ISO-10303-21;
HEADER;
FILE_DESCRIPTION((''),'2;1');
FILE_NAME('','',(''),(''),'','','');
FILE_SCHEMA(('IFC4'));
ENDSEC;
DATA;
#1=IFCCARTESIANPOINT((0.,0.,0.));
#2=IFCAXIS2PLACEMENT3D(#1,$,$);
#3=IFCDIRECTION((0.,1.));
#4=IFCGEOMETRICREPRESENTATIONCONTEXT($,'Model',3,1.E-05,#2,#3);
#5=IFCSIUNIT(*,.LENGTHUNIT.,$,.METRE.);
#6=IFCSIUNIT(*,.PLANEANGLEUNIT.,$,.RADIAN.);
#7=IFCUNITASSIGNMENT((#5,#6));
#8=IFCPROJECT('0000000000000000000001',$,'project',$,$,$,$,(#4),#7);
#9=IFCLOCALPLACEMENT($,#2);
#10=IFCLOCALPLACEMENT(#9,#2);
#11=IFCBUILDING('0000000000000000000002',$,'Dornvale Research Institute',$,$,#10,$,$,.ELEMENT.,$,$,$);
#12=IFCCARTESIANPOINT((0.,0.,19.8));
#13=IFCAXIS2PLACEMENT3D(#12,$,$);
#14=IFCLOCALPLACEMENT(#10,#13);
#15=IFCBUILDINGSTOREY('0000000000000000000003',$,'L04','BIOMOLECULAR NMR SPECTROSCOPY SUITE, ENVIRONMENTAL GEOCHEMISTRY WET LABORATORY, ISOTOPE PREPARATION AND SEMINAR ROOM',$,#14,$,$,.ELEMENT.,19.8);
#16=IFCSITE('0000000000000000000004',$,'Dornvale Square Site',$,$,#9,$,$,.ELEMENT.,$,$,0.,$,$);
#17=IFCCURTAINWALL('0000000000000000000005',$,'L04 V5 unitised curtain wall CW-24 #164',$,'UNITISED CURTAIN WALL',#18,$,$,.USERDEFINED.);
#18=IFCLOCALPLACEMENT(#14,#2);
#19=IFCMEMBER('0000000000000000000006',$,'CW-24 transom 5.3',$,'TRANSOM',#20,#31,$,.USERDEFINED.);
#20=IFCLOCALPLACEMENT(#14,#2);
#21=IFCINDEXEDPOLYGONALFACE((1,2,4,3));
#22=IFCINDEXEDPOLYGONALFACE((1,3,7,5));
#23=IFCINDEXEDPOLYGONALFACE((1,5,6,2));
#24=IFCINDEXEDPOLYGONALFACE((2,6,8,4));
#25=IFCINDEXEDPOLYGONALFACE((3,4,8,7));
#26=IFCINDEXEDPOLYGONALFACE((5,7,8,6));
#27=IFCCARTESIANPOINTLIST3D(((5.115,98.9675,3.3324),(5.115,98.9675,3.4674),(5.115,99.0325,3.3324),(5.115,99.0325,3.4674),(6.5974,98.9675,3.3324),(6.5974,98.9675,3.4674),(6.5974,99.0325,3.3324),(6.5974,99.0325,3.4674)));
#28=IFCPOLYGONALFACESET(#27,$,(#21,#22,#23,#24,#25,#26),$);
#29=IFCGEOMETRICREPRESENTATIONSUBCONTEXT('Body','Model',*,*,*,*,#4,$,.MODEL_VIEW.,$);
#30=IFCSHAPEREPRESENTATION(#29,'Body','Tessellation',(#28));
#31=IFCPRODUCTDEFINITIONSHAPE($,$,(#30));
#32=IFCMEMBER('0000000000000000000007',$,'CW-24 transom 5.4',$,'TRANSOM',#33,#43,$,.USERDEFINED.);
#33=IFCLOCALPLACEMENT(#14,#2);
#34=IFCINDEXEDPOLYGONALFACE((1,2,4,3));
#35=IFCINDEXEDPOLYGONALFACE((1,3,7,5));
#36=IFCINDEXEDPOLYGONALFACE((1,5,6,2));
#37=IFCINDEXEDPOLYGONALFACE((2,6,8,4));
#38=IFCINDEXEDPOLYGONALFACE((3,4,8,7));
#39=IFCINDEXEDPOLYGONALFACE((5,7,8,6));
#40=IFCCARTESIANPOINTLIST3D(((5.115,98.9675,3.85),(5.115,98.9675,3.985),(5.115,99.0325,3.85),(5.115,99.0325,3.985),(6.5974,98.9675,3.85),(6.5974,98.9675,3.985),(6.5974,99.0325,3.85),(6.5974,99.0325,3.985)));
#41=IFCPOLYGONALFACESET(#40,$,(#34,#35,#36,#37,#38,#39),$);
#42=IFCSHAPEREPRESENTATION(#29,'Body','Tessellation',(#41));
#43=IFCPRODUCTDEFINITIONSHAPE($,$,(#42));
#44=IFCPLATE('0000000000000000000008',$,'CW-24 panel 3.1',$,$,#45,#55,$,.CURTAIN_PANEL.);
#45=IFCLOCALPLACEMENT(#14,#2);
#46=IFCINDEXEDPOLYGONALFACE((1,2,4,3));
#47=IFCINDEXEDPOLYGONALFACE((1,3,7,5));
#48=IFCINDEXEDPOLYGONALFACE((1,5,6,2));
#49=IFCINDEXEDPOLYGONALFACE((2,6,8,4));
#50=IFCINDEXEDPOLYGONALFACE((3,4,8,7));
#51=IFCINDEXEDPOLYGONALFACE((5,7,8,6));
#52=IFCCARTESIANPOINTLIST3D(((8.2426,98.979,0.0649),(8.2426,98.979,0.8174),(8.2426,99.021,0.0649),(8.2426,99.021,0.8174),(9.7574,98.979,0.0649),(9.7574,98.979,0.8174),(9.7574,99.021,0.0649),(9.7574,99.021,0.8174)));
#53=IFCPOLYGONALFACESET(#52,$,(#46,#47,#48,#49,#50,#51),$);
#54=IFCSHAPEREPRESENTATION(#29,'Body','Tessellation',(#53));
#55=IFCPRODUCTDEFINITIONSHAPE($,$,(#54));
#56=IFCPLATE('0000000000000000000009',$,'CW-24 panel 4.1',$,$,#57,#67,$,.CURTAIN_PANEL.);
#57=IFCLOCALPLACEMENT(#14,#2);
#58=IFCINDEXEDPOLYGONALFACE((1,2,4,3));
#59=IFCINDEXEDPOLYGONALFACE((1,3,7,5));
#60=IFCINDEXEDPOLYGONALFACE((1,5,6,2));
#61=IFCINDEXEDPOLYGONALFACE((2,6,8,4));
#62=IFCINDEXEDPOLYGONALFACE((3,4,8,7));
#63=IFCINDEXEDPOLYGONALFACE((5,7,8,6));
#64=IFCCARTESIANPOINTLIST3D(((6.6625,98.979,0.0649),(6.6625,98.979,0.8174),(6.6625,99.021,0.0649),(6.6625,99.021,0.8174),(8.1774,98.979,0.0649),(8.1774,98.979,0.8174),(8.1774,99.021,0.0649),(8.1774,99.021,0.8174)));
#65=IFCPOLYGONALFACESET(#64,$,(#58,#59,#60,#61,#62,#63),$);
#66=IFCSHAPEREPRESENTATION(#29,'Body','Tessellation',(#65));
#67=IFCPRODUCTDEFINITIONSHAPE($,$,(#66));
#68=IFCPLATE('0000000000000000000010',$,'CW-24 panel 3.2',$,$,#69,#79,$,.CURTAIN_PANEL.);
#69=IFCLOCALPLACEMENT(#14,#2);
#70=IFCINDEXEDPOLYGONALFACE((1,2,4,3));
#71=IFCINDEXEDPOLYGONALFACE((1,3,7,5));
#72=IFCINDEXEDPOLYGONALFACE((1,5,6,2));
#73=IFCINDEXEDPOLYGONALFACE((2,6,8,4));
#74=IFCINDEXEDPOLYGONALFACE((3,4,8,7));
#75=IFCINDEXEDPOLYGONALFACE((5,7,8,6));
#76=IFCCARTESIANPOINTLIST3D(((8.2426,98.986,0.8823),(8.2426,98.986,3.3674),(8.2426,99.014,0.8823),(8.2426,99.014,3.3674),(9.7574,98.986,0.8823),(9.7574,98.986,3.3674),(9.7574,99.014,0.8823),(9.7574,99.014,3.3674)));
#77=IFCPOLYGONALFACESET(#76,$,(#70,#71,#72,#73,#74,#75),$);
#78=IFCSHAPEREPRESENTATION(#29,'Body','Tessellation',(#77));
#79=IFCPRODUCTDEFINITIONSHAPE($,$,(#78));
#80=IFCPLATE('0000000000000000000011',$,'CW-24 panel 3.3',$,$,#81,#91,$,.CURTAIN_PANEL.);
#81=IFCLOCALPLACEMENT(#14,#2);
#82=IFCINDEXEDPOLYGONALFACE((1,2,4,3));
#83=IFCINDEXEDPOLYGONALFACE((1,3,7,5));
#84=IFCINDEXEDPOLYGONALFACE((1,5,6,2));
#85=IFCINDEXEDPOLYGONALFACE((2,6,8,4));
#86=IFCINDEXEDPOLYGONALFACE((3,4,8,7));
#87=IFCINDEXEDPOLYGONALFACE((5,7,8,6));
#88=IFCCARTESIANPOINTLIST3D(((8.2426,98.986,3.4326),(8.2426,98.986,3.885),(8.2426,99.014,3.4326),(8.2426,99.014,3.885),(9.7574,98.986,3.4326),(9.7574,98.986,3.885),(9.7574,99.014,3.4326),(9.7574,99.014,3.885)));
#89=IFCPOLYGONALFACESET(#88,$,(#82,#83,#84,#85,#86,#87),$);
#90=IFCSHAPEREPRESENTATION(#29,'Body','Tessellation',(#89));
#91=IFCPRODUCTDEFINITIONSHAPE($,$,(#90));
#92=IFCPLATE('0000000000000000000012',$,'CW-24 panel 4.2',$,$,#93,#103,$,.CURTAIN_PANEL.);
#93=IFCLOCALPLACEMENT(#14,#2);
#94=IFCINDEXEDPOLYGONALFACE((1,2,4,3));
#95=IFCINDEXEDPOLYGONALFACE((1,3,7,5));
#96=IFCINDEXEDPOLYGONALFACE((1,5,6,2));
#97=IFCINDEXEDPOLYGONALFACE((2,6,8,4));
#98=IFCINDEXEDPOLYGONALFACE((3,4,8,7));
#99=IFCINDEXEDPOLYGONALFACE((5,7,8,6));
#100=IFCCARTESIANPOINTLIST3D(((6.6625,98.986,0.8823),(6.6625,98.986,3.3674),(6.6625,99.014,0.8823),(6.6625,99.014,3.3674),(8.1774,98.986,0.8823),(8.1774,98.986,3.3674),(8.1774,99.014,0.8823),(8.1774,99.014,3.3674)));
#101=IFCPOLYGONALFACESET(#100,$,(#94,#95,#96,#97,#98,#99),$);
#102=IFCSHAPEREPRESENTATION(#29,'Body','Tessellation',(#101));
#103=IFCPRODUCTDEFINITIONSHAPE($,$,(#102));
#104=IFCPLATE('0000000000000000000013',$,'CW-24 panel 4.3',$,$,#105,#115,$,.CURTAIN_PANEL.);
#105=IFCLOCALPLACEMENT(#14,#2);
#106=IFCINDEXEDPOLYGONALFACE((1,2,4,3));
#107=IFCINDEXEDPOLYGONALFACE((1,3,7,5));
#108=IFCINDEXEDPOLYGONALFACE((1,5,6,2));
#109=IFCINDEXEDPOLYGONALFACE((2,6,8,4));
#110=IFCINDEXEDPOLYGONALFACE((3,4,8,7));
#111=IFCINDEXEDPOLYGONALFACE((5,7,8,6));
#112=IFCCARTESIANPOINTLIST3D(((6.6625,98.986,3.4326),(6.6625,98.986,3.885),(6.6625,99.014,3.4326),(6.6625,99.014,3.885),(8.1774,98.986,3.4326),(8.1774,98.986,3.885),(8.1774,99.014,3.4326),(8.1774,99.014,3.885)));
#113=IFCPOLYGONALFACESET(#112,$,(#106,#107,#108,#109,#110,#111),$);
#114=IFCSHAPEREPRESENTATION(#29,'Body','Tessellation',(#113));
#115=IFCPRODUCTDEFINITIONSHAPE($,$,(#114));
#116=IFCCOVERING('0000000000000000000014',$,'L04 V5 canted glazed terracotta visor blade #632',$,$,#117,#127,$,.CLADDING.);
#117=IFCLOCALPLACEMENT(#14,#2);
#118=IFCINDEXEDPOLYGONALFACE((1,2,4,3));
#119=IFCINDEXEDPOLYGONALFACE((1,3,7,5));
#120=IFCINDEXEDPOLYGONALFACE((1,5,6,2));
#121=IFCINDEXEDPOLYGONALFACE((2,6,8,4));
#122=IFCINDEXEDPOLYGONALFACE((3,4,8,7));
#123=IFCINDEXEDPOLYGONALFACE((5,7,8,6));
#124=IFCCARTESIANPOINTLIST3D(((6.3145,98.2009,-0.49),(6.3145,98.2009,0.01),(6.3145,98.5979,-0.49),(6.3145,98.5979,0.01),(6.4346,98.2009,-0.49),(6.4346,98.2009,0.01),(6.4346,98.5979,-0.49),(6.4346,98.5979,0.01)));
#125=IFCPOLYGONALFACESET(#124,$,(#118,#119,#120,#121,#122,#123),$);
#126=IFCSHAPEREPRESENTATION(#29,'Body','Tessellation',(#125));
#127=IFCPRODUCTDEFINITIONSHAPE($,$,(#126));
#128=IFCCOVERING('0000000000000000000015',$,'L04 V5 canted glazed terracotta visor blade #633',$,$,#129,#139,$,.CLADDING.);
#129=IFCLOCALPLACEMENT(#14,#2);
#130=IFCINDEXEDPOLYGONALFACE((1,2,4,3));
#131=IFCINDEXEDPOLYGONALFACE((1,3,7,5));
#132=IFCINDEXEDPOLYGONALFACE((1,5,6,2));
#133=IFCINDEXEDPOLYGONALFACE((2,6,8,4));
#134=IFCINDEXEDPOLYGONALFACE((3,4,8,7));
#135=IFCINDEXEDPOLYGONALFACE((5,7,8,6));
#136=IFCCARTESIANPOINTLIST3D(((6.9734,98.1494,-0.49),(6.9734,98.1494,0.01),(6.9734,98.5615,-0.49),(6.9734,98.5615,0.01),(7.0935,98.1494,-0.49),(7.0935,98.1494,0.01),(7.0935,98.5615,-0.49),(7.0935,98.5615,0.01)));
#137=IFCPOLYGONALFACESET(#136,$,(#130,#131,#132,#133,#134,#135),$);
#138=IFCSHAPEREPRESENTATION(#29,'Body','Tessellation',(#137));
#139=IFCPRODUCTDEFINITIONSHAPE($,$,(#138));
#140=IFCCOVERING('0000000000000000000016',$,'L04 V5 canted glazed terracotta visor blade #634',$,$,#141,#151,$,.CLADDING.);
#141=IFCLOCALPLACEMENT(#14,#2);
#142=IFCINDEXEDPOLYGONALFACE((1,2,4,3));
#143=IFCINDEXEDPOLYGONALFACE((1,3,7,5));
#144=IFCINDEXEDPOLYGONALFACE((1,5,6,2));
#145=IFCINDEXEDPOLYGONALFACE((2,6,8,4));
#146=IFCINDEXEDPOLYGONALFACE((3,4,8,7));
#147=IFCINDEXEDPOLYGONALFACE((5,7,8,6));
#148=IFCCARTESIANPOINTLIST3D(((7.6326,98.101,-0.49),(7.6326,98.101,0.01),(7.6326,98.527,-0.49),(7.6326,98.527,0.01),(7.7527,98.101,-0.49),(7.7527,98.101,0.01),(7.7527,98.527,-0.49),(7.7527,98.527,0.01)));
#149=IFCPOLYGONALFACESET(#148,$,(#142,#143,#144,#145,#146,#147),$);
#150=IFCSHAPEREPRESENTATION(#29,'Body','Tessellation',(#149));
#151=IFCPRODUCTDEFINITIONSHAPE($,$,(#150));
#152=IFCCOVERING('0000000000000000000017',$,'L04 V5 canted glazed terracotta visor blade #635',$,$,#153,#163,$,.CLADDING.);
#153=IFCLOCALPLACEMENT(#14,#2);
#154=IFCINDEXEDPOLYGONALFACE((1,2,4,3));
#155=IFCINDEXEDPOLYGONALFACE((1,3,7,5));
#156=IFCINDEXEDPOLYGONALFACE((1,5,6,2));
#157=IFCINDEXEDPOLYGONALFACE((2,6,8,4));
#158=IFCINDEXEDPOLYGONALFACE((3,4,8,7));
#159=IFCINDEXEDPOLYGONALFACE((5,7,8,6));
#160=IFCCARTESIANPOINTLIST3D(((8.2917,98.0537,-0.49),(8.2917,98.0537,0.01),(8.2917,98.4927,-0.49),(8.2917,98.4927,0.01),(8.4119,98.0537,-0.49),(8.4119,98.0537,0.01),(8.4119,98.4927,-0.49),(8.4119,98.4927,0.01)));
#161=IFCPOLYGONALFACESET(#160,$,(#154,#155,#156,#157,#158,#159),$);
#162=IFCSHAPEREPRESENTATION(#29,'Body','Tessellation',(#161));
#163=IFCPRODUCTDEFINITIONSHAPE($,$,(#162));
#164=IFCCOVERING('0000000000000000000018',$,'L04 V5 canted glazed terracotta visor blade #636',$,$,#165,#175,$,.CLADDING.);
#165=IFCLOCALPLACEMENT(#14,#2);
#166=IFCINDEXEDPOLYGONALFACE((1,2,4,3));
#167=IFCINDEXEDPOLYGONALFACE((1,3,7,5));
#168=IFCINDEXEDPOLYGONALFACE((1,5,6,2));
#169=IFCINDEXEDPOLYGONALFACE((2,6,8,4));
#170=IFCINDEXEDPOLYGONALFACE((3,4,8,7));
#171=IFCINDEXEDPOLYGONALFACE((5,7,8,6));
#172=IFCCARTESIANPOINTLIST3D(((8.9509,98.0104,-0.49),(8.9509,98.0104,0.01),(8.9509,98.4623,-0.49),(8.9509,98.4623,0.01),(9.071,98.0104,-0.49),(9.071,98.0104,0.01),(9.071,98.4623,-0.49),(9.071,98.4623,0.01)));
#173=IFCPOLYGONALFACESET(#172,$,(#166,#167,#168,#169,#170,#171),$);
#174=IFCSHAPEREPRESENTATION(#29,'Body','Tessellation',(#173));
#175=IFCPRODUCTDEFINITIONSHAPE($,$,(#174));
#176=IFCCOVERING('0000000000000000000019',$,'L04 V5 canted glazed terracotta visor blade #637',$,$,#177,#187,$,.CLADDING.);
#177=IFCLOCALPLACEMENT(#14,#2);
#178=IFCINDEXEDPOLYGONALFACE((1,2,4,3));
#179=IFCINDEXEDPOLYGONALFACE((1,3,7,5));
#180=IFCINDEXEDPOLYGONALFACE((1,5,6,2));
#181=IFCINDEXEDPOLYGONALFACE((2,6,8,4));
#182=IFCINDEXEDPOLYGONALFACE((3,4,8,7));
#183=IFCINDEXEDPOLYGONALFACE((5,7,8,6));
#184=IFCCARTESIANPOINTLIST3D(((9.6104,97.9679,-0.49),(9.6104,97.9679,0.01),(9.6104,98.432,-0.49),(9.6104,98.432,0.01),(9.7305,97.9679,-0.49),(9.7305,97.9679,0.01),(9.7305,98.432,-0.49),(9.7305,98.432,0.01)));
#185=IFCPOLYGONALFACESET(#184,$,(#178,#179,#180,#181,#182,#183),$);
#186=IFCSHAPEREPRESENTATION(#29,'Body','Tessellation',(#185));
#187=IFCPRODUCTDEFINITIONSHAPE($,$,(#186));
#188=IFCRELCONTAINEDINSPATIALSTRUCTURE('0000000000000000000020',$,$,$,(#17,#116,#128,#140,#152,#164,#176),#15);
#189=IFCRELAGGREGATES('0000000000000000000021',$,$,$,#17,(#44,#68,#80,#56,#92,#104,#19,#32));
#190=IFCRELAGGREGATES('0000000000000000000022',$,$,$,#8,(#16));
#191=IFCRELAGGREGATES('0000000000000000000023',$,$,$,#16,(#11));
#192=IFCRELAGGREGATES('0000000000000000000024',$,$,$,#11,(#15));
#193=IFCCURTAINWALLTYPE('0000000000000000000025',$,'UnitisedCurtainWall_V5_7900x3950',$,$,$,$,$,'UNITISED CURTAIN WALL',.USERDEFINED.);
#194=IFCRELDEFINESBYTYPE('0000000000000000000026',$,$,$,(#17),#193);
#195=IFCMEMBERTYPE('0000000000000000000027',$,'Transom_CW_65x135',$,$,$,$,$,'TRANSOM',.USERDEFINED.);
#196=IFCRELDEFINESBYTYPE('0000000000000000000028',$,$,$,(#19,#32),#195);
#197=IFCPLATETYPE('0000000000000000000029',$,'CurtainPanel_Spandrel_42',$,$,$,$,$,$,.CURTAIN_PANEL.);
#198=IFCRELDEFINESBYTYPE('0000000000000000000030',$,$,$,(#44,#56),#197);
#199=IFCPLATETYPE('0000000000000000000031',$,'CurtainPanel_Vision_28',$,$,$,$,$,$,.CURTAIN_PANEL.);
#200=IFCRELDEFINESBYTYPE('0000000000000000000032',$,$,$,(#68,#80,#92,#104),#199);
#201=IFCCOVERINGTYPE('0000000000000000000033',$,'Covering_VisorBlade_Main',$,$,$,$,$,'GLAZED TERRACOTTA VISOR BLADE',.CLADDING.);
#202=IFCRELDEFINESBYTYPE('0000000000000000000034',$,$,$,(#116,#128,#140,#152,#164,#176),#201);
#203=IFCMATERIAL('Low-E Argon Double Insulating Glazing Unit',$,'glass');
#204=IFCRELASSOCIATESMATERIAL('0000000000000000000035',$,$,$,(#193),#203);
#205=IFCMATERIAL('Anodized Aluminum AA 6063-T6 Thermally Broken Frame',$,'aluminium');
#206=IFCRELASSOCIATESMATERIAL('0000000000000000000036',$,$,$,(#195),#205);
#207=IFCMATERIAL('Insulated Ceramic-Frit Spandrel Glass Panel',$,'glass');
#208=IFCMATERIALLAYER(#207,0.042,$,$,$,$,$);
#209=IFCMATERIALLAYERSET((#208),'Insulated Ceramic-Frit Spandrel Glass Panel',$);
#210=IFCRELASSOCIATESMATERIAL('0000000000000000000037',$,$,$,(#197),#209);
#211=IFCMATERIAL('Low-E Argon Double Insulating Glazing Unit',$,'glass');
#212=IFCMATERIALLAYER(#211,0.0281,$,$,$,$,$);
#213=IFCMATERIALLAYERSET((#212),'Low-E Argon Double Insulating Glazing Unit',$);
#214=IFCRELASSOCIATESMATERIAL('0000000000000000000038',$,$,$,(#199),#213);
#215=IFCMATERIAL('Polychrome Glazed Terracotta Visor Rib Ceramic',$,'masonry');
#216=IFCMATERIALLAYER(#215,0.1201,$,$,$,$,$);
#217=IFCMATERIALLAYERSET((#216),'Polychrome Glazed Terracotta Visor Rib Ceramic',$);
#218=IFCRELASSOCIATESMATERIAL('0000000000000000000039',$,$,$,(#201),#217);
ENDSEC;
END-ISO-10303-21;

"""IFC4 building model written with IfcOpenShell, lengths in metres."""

from ifc_helpers import new_model, si_unit, direction, frame, origin, origin_2d, place, context, subcontext, project, spatial, rectangle, extrude, material, layer, layer_set, material_profile, profile_set, type_object, element, aggregate, save


model = new_model("IFC4")

# Units and contexts
model_context = context("Model", 3, precision=1e-05, world=origin(), true_north=direction((0.0, 1.0)))
body_context = subcontext(model_context, "Body", "Model", "MODEL_VIEW")
ifc_project = project(units=[si_unit("LENGTHUNIT", "METRE"), si_unit("PLANEANGLEUNIT", "RADIAN")], contexts=[model_context])

# Site, building, storey
site_placement = place(None, origin())
site = spatial("IfcSite", under=ifc_project, at=site_placement, Name="Dornvale Square Site", CompositionType="ELEMENT", RefElevation=0.0)
building_placement = place(site_placement, origin())
building = spatial("IfcBuilding", under=site, at=building_placement, Name="Dornvale Research Institute", CompositionType="ELEMENT")
storey_placement = place(building_placement, frame((0.0, 0.0, 19.8)))
storey = spatial("IfcBuildingStorey", under=building, at=storey_placement, Name="L04", Description="BIOMOLECULAR NMR SPECTROSCOPY SUITE, ENVIRONMENTAL GEOCHEMISTRY WET LABORATORY, ISOTOPE PREPARATION AND SEMINAR ROOM", CompositionType="ELEMENT", Elevation=19.8)

# Curtain wall, members, plates
ifc_material_1 = material(Name="Low-E Argon Double Insulating Glazing Unit", Category="glass")
curtain_wall_type = type_object("IfcCurtainWallType", Name="UnitisedCurtainWall_V5_7900x3950", ElementType="UNITISED CURTAIN WALL", PredefinedType="USERDEFINED", material=ifc_material_1)
curtain_wall_placement = place(storey_placement, origin())
curtain_wall = element("IfcCurtainWall", 1, at=curtain_wall_placement, inside=storey, type_object=curtain_wall_type, Name="L04 V5 unitised curtain wall CW-24 #164", ObjectType="UNITISED CURTAIN WALL", PredefinedType="USERDEFINED")
ifc_material_2 = material(Name="Anodized Aluminum AA 6063-T6 Thermally Broken Frame", Category="aluminium")
ifc_material_profile_1 = material_profile(ifc_material_2, rectangle(XDim=0.0649, YDim=0.135, at=origin_2d()), Name="ALU TRANSOM 65x135")
ifc_profile_set_1 = profile_set([ifc_material_profile_1], Name="Anodized Aluminum AA 6063-T6 Thermally Broken Frame")
member_type_1 = type_object("IfcMemberType", Name="Transom_CW_65x135", ElementType="TRANSOM", PredefinedType="USERDEFINED", material=ifc_profile_set_1)
member_1_placement = place(storey_placement, frame((6.5974, 99.0, 3.3999), z_axis=(-1.0, 0.0, 0.0), x_axis=(0.0, -1.0, 0.0)))
member_1 = element("IfcMember", 2, at=member_1_placement, type_object=member_type_1, Name="CW-24 transom 5.3", ObjectType="TRANSOM", PredefinedType="USERDEFINED", context=body_context, shape_type="SweptSolid", body=[
    extrude(rectangle(XDim=0.0649, YDim=0.135, at=origin_2d()), origin(), (0.0, 0.0, 1.0), 1.4824),
])
member_2_placement = place(storey_placement, frame((6.5974, 99.0, 3.9175), z_axis=(-1.0, 0.0, 0.0), x_axis=(0.0, -1.0, 0.0)))
member_2 = element("IfcMember", 3, at=member_2_placement, type_object=member_type_1, Name="CW-24 transom 5.4", ObjectType="TRANSOM", PredefinedType="USERDEFINED", context=body_context, shape_type="SweptSolid", body=[
    extrude(rectangle(XDim=0.0649, YDim=0.135, at=origin_2d()), origin(), (0.0, 0.0, 1.0), 1.4824),
])
ifc_material_3 = material(Name="Insulated Ceramic-Frit Spandrel Glass Panel", Category="glass")
ifc_layer_1 = layer(ifc_material_3, 0.042)
ifc_layer_set_1 = layer_set([ifc_layer_1], Name="Insulated Ceramic-Frit Spandrel Glass Panel")
plate_type_1 = type_object("IfcPlateType", Name="CurtainPanel_Spandrel_42", PredefinedType="CURTAIN_PANEL", material=ifc_layer_set_1)
plate_1_placement = place(storey_placement, frame((9.0, 99.0, 0.0649), z_axis=(0.0, 0.0, 1.0), x_axis=(-1.0, 0.0, 0.0)))
plate_1 = element("IfcPlate", 4, at=plate_1_placement, type_object=plate_type_1, Name="CW-24 panel 3.1", PredefinedType="CURTAIN_PANEL", context=body_context, shape_type="SweptSolid", body=[
    extrude(rectangle(XDim=1.5149, YDim=0.042, at=origin_2d()), origin(), (0.0, 0.0, 1.0), 0.7524),
])
plate_2_placement = place(storey_placement, frame((7.4199, 99.0, 0.0649), z_axis=(0.0, 0.0, 1.0), x_axis=(-1.0, 0.0, 0.0)))
plate_2 = element("IfcPlate", 5, at=plate_2_placement, type_object=plate_type_1, Name="CW-24 panel 4.1", PredefinedType="CURTAIN_PANEL", context=body_context, shape_type="SweptSolid", body=[
    extrude(rectangle(XDim=1.5149, YDim=0.042, at=origin_2d()), origin(), (0.0, 0.0, 1.0), 0.7524),
])
ifc_material_4 = material(Name="Low-E Argon Double Insulating Glazing Unit", Category="glass")
ifc_layer_2 = layer(ifc_material_4, 0.0281)
ifc_layer_set_2 = layer_set([ifc_layer_2], Name="Low-E Argon Double Insulating Glazing Unit")
plate_type_2 = type_object("IfcPlateType", Name="CurtainPanel_Vision_28", PredefinedType="CURTAIN_PANEL", material=ifc_layer_set_2)
plate_3_placement = place(storey_placement, frame((9.0, 99.0, 0.8823), z_axis=(0.0, 0.0, 1.0), x_axis=(-1.0, 0.0, 0.0)))
plate_3 = element("IfcPlate", 6, at=plate_3_placement, type_object=plate_type_2, Name="CW-24 panel 3.2", PredefinedType="CURTAIN_PANEL", context=body_context, shape_type="SweptSolid", body=[
    extrude(rectangle(XDim=1.5149, YDim=0.0281, at=origin_2d()), origin(), (0.0, 0.0, 1.0), 2.4851),
])
plate_4_placement = place(storey_placement, frame((9.0, 99.0, 3.4326), z_axis=(0.0, 0.0, 1.0), x_axis=(-1.0, 0.0, 0.0)))
plate_4 = element("IfcPlate", 7, at=plate_4_placement, type_object=plate_type_2, Name="CW-24 panel 3.3", PredefinedType="CURTAIN_PANEL", context=body_context, shape_type="SweptSolid", body=[
    extrude(rectangle(XDim=1.5149, YDim=0.0281, at=origin_2d()), origin(), (0.0, 0.0, 1.0), 0.4524),
])
plate_5_placement = place(storey_placement, frame((7.4199, 99.0, 0.8823), z_axis=(0.0, 0.0, 1.0), x_axis=(-1.0, 0.0, 0.0)))
plate_5 = element("IfcPlate", 8, at=plate_5_placement, type_object=plate_type_2, Name="CW-24 panel 4.2", PredefinedType="CURTAIN_PANEL", context=body_context, shape_type="SweptSolid", body=[
    extrude(rectangle(XDim=1.5149, YDim=0.0281, at=origin_2d()), origin(), (0.0, 0.0, 1.0), 2.4851),
])
plate_6_placement = place(storey_placement, frame((7.4199, 99.0, 3.4326), z_axis=(0.0, 0.0, 1.0), x_axis=(-1.0, 0.0, 0.0)))
plate_6 = element("IfcPlate", 9, at=plate_6_placement, type_object=plate_type_2, Name="CW-24 panel 4.3", PredefinedType="CURTAIN_PANEL", context=body_context, shape_type="SweptSolid", body=[
    extrude(rectangle(XDim=1.5149, YDim=0.0281, at=origin_2d()), origin(), (0.0, 0.0, 1.0), 0.4524),
])
aggregate(curtain_wall, [plate_1, plate_3, plate_4, plate_2, plate_5, plate_6, member_1, member_2])

# Coverings
ifc_material_5 = material(Name="Polychrome Glazed Terracotta Visor Rib Ceramic", Category="masonry")
ifc_layer_3 = layer(ifc_material_5, 0.1201)
ifc_layer_set_3 = layer_set([ifc_layer_3], Name="Polychrome Glazed Terracotta Visor Rib Ceramic")
covering_type = type_object("IfcCoveringType", Name="Covering_VisorBlade_Main", ElementType="GLAZED TERRACOTTA VISOR BLADE", PredefinedType="CLADDING", material=ifc_layer_set_3)
covering_1_placement = place(storey_placement, frame((6.3745, 98.3994, -0.49), z_axis=(0.0, 0.0, 1.0), x_axis=(0.0, 1.0, 0.0)))
element("IfcCovering", 10, at=covering_1_placement, inside=storey, type_object=covering_type, Name="L04 V5 canted glazed terracotta visor blade #632", PredefinedType="CLADDING", context=body_context, shape_type="SweptSolid", body=[
    extrude(rectangle(XDim=0.397, YDim=0.1201, at=origin_2d()), origin(), (0.0, 0.0, 1.0), 0.5),
])
covering_2_placement = place(storey_placement, frame((7.0334, 98.3555, -0.49), z_axis=(0.0, 0.0, 1.0), x_axis=(0.0, 1.0, 0.0)))
element("IfcCovering", 11, at=covering_2_placement, inside=storey, type_object=covering_type, Name="L04 V5 canted glazed terracotta visor blade #633", PredefinedType="CLADDING", context=body_context, shape_type="SweptSolid", body=[
    extrude(rectangle(XDim=0.4121, YDim=0.1201, at=origin_2d()), origin(), (0.0, 0.0, 1.0), 0.5),
])
covering_3_placement = place(storey_placement, frame((7.6926, 98.314, -0.49), z_axis=(0.0, 0.0, 1.0), x_axis=(0.0, 1.0, 0.0)))
element("IfcCovering", 12, at=covering_3_placement, inside=storey, type_object=covering_type, Name="L04 V5 canted glazed terracotta visor blade #634", PredefinedType="CLADDING", context=body_context, shape_type="SweptSolid", body=[
    extrude(rectangle(XDim=0.426, YDim=0.1201, at=origin_2d()), origin(), (0.0, 0.0, 1.0), 0.5),
])
covering_4_placement = place(storey_placement, frame((8.3518, 98.2732, -0.49), z_axis=(0.0, 0.0, 1.0), x_axis=(0.0, 1.0, 0.0)))
element("IfcCovering", 13, at=covering_4_placement, inside=storey, type_object=covering_type, Name="L04 V5 canted glazed terracotta visor blade #635", PredefinedType="CLADDING", context=body_context, shape_type="SweptSolid", body=[
    extrude(rectangle(XDim=0.439, YDim=0.1201, at=origin_2d()), origin(), (0.0, 0.0, 1.0), 0.5),
])
covering_5_placement = place(storey_placement, frame((9.011, 98.2363, -0.49), z_axis=(0.0, 0.0, 1.0), x_axis=(0.0, 1.0, 0.0)))
element("IfcCovering", 14, at=covering_5_placement, inside=storey, type_object=covering_type, Name="L04 V5 canted glazed terracotta visor blade #636", PredefinedType="CLADDING", context=body_context, shape_type="SweptSolid", body=[
    extrude(rectangle(XDim=0.4519, YDim=0.1201, at=origin_2d()), origin(), (0.0, 0.0, 1.0), 0.5),
])
covering_6_placement = place(storey_placement, frame((9.6704, 98.2, -0.49), z_axis=(0.0, 0.0, 1.0), x_axis=(0.0, 1.0, 0.0)))
element("IfcCovering", 15, at=covering_6_placement, inside=storey, type_object=covering_type, Name="L04 V5 canted glazed terracotta visor blade #637", PredefinedType="CLADDING", context=body_context, shape_type="SweptSolid", body=[
    extrude(rectangle(XDim=0.4641, YDim=0.1201, at=origin_2d()), origin(), (0.0, 0.0, 1.0), 0.5),
])

save(model, "model.ifc")
